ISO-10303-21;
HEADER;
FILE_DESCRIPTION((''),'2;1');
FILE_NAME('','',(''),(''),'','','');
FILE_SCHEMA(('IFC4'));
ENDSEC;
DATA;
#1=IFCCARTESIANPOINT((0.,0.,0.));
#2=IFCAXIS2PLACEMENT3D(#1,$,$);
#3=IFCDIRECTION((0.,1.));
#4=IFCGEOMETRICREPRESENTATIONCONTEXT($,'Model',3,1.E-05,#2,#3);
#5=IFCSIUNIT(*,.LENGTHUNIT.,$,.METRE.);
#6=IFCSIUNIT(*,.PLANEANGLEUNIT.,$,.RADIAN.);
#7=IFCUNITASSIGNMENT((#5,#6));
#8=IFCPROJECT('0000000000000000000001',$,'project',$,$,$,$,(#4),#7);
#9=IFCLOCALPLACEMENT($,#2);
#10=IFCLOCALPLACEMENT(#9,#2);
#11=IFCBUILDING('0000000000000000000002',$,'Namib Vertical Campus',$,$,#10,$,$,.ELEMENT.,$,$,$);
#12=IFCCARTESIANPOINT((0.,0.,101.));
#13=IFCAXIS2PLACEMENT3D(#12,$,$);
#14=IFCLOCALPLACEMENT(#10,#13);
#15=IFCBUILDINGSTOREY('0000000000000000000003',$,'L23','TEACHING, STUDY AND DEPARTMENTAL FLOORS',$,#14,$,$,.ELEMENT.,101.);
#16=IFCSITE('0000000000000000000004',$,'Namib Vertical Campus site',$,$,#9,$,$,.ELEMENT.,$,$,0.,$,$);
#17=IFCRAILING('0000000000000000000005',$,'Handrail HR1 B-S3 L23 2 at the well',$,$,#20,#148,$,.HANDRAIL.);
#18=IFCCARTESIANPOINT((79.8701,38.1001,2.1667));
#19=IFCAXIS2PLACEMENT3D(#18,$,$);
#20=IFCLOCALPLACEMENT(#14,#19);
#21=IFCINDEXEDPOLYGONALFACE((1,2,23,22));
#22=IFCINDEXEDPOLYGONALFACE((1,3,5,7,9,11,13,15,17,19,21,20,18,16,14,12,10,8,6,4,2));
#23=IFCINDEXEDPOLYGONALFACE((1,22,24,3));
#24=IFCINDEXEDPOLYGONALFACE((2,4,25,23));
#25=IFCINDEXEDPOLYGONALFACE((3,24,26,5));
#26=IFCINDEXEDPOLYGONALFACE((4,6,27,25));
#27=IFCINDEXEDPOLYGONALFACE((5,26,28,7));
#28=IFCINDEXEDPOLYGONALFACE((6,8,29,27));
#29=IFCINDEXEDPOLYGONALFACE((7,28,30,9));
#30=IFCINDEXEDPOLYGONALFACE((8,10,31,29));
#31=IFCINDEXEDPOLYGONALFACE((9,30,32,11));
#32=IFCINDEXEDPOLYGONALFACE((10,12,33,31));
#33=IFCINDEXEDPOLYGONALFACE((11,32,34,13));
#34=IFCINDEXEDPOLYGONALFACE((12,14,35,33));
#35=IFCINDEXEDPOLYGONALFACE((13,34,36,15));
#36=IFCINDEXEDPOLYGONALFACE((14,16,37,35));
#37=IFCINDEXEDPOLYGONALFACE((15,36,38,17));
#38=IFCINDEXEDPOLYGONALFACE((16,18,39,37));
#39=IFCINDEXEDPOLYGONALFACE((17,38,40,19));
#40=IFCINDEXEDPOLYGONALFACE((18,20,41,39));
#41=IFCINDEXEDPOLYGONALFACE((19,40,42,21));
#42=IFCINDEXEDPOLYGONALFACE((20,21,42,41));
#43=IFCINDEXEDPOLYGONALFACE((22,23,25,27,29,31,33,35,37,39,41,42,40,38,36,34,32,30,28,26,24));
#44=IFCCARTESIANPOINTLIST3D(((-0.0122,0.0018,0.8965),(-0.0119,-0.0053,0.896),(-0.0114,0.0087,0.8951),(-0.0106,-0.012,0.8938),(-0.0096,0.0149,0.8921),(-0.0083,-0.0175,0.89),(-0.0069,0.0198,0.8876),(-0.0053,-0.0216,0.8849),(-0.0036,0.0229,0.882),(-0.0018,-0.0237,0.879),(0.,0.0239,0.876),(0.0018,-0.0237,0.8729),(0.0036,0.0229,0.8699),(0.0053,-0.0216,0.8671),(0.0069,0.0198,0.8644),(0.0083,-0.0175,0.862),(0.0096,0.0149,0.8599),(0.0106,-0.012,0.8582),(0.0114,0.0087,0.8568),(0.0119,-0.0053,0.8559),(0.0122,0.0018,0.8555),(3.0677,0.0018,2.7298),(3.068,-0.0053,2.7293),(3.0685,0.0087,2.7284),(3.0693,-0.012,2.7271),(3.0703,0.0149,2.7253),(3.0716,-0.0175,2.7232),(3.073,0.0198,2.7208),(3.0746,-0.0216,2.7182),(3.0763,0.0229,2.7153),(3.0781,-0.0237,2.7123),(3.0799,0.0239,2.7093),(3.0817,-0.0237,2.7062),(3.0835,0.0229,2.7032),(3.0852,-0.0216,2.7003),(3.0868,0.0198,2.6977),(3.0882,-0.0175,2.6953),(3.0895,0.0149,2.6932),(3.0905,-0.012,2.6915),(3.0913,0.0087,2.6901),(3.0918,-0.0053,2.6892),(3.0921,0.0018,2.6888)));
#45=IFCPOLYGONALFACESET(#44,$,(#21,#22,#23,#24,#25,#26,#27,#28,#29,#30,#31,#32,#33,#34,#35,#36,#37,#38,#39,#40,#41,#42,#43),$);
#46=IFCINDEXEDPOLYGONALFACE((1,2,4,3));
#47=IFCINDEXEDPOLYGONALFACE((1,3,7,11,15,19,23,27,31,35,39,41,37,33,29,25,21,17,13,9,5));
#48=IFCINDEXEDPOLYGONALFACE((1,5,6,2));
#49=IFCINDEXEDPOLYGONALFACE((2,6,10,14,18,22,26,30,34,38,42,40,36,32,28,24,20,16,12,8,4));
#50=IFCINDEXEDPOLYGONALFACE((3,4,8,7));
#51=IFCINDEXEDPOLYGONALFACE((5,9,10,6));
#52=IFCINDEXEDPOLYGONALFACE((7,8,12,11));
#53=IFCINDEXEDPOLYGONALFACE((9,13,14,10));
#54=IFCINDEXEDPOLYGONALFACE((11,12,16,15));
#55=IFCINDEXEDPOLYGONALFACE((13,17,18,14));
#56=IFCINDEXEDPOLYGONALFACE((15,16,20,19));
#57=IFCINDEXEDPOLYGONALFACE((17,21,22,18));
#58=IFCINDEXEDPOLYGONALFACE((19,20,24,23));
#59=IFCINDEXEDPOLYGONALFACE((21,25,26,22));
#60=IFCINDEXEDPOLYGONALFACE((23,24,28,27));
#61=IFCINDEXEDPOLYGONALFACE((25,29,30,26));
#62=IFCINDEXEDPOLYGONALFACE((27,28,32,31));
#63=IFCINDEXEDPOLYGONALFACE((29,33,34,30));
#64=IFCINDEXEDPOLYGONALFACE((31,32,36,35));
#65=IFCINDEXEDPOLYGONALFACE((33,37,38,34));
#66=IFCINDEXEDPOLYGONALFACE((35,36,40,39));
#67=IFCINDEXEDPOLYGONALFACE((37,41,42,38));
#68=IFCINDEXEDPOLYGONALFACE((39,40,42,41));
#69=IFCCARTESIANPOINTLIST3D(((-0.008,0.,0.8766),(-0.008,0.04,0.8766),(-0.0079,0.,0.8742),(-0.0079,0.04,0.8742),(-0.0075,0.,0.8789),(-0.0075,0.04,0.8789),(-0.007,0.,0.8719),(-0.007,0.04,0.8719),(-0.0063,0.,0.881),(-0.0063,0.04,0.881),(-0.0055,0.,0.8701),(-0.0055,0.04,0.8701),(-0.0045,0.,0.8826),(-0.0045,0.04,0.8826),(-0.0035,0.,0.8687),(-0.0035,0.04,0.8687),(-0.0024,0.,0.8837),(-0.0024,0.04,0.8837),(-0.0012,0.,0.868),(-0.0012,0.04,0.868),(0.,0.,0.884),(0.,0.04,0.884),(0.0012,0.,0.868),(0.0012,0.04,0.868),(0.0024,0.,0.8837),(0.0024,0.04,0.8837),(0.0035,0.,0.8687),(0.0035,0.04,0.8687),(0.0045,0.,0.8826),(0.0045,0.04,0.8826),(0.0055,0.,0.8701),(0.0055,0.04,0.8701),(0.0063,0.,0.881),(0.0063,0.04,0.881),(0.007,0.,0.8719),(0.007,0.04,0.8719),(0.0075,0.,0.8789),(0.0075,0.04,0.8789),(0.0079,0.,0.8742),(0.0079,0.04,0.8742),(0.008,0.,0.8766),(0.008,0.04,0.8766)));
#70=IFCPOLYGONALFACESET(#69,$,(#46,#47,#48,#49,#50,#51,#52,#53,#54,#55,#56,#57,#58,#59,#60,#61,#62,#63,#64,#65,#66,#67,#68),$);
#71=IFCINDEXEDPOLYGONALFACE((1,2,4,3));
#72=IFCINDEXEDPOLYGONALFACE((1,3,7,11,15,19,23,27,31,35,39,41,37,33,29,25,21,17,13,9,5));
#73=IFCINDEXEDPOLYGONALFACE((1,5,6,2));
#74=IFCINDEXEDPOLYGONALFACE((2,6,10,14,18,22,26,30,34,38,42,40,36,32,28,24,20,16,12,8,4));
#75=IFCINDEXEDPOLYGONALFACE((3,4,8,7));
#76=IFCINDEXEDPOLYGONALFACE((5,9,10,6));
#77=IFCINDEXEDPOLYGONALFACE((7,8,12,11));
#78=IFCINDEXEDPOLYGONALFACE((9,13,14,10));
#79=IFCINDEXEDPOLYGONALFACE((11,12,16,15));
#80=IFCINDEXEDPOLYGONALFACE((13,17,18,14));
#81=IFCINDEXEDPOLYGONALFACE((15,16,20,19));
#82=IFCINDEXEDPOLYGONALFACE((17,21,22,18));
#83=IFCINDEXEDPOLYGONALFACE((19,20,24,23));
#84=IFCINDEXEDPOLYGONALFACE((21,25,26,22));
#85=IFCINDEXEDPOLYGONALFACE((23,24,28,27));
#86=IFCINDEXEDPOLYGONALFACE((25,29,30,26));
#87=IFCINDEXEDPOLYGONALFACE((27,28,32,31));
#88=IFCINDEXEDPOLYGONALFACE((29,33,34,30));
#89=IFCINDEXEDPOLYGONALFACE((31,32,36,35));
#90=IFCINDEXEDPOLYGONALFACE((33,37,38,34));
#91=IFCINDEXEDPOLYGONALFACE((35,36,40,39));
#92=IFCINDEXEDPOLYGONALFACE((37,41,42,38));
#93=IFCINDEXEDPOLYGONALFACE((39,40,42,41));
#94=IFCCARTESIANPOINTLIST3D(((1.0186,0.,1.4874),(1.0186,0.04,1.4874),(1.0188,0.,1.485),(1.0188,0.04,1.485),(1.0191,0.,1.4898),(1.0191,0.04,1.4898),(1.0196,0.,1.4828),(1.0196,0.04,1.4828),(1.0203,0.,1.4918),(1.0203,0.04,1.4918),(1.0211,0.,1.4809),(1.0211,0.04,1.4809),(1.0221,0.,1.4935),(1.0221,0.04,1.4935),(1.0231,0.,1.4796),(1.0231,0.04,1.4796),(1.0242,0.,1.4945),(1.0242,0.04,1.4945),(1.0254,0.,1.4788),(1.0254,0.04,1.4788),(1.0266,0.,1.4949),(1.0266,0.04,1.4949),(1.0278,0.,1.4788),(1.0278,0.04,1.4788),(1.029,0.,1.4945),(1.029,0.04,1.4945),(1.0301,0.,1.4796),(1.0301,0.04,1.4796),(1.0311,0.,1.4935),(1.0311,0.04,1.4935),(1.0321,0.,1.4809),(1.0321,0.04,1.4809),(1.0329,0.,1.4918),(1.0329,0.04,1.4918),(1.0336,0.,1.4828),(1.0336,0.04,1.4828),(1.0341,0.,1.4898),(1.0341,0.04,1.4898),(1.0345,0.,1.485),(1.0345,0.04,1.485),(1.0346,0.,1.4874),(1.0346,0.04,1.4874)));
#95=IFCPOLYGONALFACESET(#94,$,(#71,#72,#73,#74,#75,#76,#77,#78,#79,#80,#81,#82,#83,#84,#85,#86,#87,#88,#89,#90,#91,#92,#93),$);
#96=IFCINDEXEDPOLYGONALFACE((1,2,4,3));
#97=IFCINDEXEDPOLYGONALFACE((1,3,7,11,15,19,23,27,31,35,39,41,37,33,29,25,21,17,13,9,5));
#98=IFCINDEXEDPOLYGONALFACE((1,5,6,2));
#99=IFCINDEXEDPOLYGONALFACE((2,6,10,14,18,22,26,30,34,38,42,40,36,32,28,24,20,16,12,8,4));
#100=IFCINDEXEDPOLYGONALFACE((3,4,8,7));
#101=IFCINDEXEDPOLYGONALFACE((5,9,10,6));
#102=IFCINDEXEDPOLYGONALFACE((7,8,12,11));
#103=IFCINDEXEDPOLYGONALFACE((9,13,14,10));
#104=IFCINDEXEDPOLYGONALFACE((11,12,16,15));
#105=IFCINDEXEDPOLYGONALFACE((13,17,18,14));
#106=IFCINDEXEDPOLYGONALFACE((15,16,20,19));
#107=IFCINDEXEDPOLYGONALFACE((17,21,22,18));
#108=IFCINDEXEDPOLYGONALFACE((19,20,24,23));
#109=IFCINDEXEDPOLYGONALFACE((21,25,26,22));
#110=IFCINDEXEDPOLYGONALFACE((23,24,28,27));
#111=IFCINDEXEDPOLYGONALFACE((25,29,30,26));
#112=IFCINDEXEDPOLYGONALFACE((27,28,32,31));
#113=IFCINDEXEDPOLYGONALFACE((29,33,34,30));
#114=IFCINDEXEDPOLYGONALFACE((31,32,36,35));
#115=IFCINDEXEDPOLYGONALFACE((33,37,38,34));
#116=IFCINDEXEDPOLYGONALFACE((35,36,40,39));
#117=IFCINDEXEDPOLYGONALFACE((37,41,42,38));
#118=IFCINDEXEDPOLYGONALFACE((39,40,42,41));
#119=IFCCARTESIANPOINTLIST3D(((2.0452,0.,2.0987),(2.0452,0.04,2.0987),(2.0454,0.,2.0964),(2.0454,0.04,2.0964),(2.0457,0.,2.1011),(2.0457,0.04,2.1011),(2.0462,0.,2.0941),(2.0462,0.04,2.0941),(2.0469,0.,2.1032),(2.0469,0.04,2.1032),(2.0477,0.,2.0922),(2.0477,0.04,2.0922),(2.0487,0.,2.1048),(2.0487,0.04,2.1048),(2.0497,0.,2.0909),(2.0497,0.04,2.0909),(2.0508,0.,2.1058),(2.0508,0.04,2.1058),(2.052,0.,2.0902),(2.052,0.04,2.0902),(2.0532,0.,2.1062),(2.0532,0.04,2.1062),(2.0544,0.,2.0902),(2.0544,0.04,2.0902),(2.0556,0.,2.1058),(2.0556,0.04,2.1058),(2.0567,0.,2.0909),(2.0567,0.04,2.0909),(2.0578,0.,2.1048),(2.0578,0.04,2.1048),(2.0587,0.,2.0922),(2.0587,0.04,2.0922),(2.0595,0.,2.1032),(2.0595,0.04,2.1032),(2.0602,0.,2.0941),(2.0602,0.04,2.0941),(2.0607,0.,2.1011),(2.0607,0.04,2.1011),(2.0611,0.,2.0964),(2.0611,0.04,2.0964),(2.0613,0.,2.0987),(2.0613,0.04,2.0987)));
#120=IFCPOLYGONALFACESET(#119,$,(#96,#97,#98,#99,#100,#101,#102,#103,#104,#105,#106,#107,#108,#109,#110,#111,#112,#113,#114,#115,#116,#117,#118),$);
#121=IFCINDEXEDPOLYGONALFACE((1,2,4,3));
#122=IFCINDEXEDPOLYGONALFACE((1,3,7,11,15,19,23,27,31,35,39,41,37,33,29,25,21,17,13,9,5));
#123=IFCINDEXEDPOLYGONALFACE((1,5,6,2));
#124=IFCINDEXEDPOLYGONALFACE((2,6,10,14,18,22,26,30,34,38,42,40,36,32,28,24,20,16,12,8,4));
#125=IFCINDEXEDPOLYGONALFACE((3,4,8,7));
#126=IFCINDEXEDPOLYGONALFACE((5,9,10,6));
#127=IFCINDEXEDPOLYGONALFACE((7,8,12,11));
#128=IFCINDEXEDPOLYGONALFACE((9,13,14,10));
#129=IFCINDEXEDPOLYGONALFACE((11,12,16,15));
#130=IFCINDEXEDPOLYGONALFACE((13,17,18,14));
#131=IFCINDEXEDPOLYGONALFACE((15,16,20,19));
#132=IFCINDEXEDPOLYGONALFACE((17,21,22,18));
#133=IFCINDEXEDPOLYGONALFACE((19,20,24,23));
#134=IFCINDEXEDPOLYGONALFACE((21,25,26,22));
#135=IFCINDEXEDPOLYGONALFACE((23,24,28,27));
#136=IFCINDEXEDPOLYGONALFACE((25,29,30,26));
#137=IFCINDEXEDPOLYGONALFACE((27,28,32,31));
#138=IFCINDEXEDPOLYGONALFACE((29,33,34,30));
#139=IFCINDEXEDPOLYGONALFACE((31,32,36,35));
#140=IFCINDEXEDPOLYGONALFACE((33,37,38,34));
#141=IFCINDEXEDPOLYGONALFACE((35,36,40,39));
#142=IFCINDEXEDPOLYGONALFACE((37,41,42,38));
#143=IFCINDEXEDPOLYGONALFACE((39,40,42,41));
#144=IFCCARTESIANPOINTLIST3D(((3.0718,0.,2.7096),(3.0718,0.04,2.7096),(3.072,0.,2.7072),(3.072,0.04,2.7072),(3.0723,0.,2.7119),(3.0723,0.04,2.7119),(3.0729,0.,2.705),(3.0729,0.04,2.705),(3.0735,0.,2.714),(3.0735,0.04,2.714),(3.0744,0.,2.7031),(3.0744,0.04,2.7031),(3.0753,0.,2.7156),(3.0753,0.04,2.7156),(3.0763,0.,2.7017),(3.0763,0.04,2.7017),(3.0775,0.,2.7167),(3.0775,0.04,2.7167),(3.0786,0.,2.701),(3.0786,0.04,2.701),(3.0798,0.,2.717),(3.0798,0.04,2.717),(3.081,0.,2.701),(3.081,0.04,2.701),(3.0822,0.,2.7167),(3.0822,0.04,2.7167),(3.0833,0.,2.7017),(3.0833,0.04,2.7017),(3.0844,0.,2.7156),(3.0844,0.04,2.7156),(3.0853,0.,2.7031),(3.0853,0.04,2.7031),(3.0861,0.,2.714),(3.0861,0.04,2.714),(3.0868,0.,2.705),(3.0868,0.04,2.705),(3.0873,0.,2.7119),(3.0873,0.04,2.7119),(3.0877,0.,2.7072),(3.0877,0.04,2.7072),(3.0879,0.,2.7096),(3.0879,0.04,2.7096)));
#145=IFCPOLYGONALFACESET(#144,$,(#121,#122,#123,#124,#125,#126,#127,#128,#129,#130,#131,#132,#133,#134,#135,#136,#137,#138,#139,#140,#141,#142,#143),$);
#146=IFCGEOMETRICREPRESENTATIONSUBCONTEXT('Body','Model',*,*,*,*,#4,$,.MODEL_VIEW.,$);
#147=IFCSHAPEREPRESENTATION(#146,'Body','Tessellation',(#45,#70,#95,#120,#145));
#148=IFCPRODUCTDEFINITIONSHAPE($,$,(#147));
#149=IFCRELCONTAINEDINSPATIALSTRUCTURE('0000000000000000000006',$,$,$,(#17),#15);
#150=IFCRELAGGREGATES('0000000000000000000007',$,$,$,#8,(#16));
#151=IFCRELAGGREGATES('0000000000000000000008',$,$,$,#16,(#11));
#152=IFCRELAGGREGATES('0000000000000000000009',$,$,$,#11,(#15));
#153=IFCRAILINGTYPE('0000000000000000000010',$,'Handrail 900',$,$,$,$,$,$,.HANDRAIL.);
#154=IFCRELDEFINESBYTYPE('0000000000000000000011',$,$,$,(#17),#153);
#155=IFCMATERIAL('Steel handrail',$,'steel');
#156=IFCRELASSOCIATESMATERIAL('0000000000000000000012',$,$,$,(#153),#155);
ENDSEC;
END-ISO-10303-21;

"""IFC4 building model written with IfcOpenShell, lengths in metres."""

from ifc_helpers import new_model, si_unit, direction, frame, origin, origin_2d, place, context, subcontext, project, spatial, circle, extrude, material, type_object, element, save


model = new_model("IFC4")

# Units and contexts
model_context = context("Model", 3, precision=1e-05, world=origin(), true_north=direction((0.0, 1.0)))
body_context = subcontext(model_context, "Body", "Model", "MODEL_VIEW")
ifc_project = project(units=[si_unit("LENGTHUNIT", "METRE"), si_unit("PLANEANGLEUNIT", "RADIAN")], contexts=[model_context])

# Site, building, storey
site_placement = place(None, origin())
site = spatial("IfcSite", under=ifc_project, at=site_placement, Name="Namib Vertical Campus site", CompositionType="ELEMENT", RefElevation=0.0)
building_placement = place(site_placement, origin())
building = spatial("IfcBuilding", under=site, at=building_placement, Name="Namib Vertical Campus", CompositionType="ELEMENT")
storey_placement = place(building_placement, frame((0.0, 0.0, 101.0)))
storey = spatial("IfcBuildingStorey", under=building, at=storey_placement, Name="L23", Description="TEACHING, STUDY AND DEPARTMENTAL FLOORS", CompositionType="ELEMENT", Elevation=101.0)

# Railing
ifc_material_1 = material(Name="Steel handrail", Category="steel")
railing_type_1 = type_object("IfcRailingType", Name="Handrail 900", PredefinedType="HANDRAIL", material=ifc_material_1)
railing_1_placement = place(storey_placement, frame((79.8701, 38.1001, 2.1667)))
element("IfcRailing", 1, at=railing_1_placement, inside=storey, type_object=railing_type_1, Name="Handrail HR1 B-S3 L23 2 at the well", PredefinedType="HANDRAIL", context=body_context, shape_type="SweptSolid", body=[
    extrude(circle(Radius=0.0239, at=origin_2d()), frame((0.0, 0.0, 0.876), z_axis=(0.859291, 0.0, 0.511487), x_axis=(0.0, 1.0, 0.0)), (0.0, 0.0, 1.0), 3.5842),
    extrude(circle(Radius=0.0081, at=origin_2d()), frame((0.0, 0.0, 0.876), z_axis=(0.0, 1.0, 0.0), x_axis=(0.0, 0.0, 1.0)), (0.0, 0.0, 1.0), 0.04),
    extrude(circle(Radius=0.0081, at=origin_2d()), frame((1.0266, 0.0, 1.4868), z_axis=(0.0, 1.0, 0.0), x_axis=(0.0, 0.0, 1.0)), (0.0, 0.0, 1.0), 0.04),
    extrude(circle(Radius=0.0081, at=origin_2d()), frame((2.0532, 0.0, 2.0981), z_axis=(0.0, 1.0, 0.0), x_axis=(0.0, 0.0, 1.0)), (0.0, 0.0, 1.0), 0.04),
    extrude(circle(Radius=0.0081, at=origin_2d()), frame((3.0798, 0.0, 2.709), z_axis=(0.0, 1.0, 0.0), x_axis=(0.0, 0.0, 1.0)), (0.0, 0.0, 1.0), 0.04),
])

save(model, "model.ifc")
